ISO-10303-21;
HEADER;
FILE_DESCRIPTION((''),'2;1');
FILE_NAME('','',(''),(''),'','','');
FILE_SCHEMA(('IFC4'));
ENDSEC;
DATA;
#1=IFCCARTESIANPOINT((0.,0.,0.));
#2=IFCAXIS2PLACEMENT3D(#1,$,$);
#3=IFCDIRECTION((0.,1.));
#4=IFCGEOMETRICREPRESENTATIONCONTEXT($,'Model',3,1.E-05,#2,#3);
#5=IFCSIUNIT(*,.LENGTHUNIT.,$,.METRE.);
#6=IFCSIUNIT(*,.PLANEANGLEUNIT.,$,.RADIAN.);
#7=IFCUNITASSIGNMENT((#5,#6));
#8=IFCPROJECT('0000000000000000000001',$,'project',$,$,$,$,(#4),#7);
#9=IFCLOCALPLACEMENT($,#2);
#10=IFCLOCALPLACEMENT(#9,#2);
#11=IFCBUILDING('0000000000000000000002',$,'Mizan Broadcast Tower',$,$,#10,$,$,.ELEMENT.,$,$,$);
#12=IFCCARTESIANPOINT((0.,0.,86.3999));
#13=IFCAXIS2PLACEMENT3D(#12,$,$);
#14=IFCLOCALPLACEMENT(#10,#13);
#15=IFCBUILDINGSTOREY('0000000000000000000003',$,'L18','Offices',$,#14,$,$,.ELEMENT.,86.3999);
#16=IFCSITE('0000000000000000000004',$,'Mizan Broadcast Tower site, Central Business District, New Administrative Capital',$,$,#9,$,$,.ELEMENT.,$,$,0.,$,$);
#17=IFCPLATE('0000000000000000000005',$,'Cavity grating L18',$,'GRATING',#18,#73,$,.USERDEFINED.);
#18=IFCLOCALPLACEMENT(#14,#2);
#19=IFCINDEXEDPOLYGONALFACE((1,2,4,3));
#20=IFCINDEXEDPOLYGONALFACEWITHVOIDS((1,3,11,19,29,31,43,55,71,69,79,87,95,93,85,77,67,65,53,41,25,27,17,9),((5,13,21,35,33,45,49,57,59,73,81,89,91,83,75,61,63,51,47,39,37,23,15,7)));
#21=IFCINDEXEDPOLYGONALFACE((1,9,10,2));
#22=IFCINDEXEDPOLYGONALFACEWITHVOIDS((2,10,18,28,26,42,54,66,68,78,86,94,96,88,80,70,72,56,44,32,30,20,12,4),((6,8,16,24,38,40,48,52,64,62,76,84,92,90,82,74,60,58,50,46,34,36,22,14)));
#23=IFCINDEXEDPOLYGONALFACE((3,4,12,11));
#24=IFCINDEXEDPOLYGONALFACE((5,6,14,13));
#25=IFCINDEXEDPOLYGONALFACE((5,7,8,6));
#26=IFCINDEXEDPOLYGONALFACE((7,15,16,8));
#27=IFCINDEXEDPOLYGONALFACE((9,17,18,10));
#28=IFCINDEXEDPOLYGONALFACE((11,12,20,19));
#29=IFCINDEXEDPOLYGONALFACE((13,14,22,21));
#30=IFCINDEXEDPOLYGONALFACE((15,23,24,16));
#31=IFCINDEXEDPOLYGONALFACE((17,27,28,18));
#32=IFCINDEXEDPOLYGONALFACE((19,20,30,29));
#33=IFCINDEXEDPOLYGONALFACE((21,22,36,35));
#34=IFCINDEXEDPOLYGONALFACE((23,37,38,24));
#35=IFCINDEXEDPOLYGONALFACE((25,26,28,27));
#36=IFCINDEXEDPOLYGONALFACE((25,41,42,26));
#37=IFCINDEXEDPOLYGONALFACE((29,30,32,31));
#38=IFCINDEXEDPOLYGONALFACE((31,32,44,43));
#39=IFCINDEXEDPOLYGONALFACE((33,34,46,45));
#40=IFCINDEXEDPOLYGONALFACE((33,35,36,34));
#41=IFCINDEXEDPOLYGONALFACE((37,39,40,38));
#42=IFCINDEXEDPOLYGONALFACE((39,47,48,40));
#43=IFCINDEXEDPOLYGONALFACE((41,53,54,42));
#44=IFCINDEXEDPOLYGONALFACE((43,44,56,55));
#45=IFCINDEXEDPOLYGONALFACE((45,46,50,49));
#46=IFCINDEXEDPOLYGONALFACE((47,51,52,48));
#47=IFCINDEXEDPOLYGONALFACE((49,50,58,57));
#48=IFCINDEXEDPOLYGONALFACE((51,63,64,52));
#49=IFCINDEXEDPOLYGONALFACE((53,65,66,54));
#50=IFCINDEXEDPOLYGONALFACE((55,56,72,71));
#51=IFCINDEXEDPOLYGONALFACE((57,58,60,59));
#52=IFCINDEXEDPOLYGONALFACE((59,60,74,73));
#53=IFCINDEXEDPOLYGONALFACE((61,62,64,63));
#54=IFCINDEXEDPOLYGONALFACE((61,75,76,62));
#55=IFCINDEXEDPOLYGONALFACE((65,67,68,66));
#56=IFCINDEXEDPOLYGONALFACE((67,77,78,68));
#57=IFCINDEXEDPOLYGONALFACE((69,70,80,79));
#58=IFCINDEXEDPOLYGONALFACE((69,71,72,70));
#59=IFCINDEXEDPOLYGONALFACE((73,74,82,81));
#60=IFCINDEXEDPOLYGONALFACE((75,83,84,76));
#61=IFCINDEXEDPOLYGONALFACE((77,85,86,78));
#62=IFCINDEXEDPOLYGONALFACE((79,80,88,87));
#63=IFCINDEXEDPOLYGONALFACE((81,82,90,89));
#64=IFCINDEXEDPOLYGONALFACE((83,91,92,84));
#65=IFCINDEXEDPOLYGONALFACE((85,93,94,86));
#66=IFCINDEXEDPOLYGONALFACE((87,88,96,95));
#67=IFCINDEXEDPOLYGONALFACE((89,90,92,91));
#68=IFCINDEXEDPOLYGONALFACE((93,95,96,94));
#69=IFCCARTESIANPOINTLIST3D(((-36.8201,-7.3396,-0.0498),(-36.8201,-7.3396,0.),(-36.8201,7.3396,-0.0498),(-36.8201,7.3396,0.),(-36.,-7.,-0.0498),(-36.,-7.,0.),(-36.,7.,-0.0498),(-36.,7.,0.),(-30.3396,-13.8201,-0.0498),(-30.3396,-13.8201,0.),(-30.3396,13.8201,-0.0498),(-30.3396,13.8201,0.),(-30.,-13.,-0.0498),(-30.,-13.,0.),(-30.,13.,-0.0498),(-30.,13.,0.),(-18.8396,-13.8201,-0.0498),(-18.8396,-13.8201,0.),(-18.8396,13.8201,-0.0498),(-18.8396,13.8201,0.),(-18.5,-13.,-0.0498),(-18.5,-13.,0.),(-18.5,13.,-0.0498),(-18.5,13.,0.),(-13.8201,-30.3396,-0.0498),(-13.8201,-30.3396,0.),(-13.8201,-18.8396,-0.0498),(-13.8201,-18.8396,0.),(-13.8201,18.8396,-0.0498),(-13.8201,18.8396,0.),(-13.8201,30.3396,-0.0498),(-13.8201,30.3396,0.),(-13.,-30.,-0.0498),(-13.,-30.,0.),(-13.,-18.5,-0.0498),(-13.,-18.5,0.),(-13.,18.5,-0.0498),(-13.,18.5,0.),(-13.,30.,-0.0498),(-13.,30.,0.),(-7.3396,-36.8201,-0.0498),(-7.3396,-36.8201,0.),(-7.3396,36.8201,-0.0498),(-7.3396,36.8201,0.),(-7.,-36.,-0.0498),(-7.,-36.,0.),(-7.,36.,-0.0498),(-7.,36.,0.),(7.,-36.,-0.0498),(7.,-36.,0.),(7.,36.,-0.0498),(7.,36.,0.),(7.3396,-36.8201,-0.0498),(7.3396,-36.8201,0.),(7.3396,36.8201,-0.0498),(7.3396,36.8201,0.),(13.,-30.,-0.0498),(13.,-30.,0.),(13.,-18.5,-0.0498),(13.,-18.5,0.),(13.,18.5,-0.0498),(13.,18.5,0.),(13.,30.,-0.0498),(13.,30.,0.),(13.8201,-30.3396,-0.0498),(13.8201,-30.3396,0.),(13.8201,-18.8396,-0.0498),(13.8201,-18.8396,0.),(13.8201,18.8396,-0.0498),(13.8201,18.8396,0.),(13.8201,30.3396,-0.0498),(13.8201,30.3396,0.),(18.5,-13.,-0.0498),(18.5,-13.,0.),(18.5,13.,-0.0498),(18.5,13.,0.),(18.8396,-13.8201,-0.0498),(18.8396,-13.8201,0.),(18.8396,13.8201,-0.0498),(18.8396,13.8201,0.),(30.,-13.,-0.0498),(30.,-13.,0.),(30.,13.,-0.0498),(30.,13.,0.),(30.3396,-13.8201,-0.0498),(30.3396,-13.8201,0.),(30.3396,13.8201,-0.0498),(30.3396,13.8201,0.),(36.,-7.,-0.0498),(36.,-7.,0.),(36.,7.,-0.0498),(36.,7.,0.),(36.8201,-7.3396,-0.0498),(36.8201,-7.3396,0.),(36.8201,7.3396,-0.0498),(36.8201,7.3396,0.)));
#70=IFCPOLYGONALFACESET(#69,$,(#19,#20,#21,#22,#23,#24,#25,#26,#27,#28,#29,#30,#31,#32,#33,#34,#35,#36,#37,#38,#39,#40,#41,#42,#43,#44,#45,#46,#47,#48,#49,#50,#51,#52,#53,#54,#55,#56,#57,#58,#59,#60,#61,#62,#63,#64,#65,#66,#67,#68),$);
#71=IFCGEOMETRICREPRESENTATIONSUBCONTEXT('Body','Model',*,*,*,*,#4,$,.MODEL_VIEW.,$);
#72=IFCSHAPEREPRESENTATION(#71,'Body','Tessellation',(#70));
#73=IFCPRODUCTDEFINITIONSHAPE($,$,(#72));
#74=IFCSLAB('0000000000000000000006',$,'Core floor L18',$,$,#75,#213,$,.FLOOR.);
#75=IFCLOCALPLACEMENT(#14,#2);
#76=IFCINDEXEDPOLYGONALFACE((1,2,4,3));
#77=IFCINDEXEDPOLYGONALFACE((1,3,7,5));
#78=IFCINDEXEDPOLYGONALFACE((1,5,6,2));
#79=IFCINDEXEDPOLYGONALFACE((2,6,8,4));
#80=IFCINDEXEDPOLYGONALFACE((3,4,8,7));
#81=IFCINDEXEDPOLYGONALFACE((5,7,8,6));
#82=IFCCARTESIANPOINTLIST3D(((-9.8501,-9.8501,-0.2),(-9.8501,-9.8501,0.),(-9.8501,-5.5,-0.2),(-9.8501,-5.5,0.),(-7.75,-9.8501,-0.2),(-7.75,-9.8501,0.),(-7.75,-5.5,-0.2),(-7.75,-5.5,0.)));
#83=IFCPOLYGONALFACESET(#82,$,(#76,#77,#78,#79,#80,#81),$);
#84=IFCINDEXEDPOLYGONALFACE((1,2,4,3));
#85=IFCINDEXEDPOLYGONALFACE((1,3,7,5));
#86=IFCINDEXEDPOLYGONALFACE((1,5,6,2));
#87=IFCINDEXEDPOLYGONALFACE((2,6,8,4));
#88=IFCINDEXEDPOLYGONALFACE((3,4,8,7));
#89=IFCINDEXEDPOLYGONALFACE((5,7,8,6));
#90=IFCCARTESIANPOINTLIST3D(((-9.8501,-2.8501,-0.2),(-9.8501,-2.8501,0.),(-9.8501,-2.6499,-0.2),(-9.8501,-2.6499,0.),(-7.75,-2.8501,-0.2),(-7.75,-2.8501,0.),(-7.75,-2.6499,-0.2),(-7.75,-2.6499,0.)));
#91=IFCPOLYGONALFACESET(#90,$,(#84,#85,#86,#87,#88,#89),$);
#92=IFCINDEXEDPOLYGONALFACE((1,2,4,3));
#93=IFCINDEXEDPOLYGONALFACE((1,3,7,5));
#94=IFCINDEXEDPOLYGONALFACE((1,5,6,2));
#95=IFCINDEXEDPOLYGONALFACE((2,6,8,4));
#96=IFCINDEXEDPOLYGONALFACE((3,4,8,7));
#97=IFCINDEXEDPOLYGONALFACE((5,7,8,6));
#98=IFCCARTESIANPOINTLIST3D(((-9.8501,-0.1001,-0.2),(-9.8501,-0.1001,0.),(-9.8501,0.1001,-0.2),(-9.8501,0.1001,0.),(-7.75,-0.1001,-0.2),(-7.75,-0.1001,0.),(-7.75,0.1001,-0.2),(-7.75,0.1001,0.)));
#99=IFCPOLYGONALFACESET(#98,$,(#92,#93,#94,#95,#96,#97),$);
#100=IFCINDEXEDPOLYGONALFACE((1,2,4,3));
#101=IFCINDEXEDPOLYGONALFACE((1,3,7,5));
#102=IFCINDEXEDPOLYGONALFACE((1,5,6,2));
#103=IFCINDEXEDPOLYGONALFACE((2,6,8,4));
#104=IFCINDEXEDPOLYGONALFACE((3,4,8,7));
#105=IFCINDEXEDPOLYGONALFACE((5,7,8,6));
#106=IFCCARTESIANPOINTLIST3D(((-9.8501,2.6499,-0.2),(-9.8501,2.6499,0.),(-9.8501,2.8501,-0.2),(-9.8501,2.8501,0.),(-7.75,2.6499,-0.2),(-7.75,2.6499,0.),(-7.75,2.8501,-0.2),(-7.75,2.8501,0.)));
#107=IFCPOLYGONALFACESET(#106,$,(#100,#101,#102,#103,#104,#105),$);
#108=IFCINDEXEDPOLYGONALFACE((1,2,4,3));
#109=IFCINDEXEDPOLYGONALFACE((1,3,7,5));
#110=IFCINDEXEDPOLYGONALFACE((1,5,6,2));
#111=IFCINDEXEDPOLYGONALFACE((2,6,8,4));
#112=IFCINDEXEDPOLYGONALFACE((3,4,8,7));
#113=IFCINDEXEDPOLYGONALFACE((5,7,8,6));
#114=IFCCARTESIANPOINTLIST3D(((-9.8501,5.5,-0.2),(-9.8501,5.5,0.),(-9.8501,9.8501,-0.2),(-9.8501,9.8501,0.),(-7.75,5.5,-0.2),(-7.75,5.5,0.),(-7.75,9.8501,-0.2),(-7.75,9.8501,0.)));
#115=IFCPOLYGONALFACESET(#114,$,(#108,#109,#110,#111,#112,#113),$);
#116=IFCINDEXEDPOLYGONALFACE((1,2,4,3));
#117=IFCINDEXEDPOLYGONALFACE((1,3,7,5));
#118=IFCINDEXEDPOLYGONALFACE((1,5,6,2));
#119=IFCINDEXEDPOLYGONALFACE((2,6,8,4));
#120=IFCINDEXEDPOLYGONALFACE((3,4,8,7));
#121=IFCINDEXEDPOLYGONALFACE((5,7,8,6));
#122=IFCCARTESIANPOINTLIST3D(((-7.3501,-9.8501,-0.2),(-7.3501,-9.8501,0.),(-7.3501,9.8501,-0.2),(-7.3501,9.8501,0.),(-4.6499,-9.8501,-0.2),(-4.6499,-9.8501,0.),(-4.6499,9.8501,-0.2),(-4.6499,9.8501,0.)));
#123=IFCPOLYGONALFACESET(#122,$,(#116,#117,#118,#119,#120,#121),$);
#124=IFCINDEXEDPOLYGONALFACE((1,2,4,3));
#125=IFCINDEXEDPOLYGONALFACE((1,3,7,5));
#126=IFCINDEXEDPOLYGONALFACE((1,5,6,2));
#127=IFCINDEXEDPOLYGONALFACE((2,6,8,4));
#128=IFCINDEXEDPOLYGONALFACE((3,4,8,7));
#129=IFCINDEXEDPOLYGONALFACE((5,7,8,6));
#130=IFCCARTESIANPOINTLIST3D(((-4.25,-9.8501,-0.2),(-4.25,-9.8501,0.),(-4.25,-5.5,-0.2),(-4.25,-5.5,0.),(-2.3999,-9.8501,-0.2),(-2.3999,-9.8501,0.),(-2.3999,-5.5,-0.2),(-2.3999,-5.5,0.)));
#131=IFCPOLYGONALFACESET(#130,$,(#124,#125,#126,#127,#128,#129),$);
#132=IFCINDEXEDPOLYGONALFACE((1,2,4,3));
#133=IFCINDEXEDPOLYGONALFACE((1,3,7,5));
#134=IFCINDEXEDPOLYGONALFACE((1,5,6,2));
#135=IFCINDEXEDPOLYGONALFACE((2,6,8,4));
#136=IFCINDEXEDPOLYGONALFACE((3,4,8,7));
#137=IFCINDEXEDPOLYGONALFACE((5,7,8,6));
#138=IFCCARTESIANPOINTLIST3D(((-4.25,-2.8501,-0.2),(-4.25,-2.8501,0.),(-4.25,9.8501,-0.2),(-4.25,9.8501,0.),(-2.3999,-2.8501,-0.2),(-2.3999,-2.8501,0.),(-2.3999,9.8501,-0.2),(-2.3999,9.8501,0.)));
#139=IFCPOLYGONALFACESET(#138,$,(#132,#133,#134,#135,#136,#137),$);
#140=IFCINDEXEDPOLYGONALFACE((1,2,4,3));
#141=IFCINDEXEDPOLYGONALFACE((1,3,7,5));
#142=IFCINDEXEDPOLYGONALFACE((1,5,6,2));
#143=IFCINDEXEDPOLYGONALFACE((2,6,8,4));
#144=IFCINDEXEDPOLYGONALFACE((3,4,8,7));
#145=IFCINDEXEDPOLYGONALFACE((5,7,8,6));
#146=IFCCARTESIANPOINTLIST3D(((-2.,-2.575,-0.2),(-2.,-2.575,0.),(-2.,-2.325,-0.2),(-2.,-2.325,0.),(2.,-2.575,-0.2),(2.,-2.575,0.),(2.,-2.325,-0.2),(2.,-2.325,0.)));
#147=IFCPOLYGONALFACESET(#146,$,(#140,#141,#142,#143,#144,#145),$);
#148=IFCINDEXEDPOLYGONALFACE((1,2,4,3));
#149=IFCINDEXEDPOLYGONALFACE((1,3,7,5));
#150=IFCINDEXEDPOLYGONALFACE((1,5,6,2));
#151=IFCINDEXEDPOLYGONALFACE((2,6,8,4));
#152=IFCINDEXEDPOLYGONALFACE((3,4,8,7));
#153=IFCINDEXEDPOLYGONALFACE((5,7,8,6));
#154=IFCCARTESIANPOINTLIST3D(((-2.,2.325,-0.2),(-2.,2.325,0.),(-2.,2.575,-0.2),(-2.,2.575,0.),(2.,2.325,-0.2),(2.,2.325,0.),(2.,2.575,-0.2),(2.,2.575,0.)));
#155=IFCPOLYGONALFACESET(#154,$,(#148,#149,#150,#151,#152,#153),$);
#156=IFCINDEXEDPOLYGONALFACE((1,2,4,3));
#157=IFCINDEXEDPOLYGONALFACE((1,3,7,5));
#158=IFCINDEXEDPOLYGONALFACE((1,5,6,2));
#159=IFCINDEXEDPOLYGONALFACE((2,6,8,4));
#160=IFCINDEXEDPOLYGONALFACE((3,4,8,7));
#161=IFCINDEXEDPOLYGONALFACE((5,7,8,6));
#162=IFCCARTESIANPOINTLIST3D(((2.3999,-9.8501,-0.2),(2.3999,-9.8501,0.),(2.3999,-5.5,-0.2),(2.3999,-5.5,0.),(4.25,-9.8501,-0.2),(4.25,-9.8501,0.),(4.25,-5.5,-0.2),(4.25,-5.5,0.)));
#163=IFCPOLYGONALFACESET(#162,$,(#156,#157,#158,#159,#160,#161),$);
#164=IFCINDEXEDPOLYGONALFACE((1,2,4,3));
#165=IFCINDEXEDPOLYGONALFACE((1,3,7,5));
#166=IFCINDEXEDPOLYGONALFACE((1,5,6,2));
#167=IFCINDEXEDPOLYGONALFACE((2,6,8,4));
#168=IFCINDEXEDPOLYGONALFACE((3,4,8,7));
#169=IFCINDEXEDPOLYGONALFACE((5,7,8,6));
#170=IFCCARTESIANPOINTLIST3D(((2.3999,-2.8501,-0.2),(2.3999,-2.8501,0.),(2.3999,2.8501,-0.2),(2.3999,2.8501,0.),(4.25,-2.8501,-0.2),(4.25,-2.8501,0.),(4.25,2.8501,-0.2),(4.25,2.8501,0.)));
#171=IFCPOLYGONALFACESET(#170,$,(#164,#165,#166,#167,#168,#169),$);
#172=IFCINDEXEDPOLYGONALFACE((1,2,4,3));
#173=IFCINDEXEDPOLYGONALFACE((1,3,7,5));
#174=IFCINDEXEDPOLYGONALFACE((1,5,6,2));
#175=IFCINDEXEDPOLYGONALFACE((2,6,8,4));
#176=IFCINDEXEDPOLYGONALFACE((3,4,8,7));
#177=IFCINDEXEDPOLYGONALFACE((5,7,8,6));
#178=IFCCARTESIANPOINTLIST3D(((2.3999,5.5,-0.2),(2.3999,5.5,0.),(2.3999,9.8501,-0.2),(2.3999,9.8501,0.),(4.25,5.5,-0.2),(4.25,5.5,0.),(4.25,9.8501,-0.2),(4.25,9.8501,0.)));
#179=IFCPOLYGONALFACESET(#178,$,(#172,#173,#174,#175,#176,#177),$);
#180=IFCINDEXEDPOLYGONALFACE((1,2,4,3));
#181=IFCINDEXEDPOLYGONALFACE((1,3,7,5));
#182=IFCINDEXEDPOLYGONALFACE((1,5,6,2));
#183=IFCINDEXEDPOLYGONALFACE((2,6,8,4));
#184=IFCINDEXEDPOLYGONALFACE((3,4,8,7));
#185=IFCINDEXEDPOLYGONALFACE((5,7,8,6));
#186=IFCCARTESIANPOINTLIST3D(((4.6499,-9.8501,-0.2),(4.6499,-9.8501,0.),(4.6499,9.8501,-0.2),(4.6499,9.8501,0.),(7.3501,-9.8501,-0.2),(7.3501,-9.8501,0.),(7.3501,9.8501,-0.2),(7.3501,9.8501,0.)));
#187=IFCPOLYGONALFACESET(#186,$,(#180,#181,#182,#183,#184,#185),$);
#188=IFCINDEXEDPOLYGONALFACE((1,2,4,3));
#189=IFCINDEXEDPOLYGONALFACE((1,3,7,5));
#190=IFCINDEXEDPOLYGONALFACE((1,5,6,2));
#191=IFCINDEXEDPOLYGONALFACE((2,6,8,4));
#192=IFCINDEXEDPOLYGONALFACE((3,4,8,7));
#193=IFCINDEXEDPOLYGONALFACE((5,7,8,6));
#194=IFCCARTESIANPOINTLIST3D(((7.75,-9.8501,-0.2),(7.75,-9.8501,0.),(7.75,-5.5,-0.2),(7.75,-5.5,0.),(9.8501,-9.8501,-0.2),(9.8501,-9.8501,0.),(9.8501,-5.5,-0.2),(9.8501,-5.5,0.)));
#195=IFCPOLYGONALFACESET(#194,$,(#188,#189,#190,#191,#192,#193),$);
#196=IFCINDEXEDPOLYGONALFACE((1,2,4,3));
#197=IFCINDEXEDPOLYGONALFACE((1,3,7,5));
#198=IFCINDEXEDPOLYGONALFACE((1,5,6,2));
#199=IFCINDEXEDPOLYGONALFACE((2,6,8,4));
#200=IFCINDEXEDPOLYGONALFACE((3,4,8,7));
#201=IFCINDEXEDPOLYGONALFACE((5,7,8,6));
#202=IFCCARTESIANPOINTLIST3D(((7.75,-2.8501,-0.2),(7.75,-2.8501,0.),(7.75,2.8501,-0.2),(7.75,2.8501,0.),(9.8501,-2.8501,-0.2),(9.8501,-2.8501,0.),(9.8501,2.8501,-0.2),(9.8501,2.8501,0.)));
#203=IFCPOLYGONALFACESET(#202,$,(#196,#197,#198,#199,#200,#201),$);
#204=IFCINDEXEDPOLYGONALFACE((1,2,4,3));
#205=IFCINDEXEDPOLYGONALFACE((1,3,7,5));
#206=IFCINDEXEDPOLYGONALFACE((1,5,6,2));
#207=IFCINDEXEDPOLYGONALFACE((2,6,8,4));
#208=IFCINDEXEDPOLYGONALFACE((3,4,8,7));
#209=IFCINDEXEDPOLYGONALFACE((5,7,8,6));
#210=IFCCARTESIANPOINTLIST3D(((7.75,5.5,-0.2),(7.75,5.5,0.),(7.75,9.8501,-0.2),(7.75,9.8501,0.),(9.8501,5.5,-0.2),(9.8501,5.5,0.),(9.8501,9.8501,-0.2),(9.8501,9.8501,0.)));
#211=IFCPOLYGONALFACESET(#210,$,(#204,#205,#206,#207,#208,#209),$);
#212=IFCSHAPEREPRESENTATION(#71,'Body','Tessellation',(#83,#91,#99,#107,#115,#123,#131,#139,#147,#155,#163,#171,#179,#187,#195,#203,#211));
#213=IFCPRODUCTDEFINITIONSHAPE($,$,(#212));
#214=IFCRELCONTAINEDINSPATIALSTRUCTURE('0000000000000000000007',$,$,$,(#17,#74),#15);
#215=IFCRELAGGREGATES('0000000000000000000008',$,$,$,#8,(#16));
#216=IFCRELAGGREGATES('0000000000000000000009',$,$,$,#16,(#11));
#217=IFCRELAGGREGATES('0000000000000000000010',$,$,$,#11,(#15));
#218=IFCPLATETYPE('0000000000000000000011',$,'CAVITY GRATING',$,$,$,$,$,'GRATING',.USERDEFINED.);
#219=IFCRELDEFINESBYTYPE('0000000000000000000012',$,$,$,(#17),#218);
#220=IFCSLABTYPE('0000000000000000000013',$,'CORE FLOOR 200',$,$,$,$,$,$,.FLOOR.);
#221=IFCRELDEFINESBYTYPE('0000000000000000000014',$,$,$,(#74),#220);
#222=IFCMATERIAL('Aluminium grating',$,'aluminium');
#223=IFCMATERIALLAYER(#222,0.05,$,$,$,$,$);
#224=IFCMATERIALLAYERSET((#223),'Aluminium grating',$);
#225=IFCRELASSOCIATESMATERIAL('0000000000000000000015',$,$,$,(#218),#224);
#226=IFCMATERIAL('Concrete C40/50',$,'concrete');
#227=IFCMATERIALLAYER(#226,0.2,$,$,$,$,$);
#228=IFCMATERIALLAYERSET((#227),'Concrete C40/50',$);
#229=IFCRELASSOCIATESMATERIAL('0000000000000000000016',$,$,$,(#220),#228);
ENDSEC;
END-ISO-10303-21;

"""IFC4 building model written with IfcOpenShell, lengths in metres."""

from ifc_helpers import new_model, si_unit, direction, frame, origin, place, context, subcontext, project, spatial, polyline, outline, extrude, material, layer, layer_set, type_object, element, save


model = new_model("IFC4")

# Units and contexts
model_context = context("Model", 3, precision=1e-05, world=origin(), true_north=direction((0.0, 1.0)))
body_context = subcontext(model_context, "Body", "Model", "MODEL_VIEW")
ifc_project = project(units=[si_unit("LENGTHUNIT", "METRE"), si_unit("PLANEANGLEUNIT", "RADIAN")], contexts=[model_context])

# Site, building, storey
site_placement = place(None, origin())
site = spatial("IfcSite", under=ifc_project, at=site_placement, Name="Mizan Broadcast Tower site, Central Business District, New Administrative Capital", CompositionType="ELEMENT", RefElevation=0.0)
building_placement = place(site_placement, origin())
building = spatial("IfcBuilding", under=site, at=building_placement, Name="Mizan Broadcast Tower", CompositionType="ELEMENT")
storey_placement = place(building_placement, frame((0.0, 0.0, 86.3999)))
storey = spatial("IfcBuildingStorey", under=building, at=storey_placement, Name="L18", Description="Offices", CompositionType="ELEMENT", Elevation=86.3999)

# Plate
ifc_material_1 = material(Name="Aluminium grating", Category="aluminium")
ifc_layer_1 = layer(ifc_material_1, 0.05)
ifc_layer_set_1 = layer_set([ifc_layer_1], Name="Aluminium grating")
plate_type = type_object("IfcPlateType", Name="CAVITY GRATING", ElementType="GRATING", PredefinedType="USERDEFINED", material=ifc_layer_set_1)
plate_placement = place(storey_placement, frame((0.0, 0.0, -0.0498)))
element("IfcPlate", 1, at=plate_placement, inside=storey, type_object=plate_type, Name="Cavity grating L18", ObjectType="GRATING", PredefinedType="USERDEFINED", context=body_context, shape_type="SweptSolid", body=[
    extrude(outline(polyline([(13.8201, -18.8396), (18.8396, -13.8201), (30.3396, -13.8201), (36.8201, -7.3396), (36.8201, 7.3396), (30.3396, 13.8201), (18.8396, 13.8201), (13.8201, 18.8396), (13.8201, 30.3396), (7.3396, 36.8201), (-7.3396, 36.8201), (-13.8201, 30.3396), (-13.8201, 18.8396), (-18.8396, 13.8201), (-30.3396, 13.8201), (-36.8201, 7.3396), (-36.8201, -7.3396), (-30.3396, -13.8201), (-18.8396, -13.8201), (-13.8201, -18.8396), (-13.8201, -30.3396), (-7.3396, -36.8201), (7.3396, -36.8201), (13.8201, -30.3396), (13.8201, -18.8396)]), holes=[polyline([(36.0, 7.0), (36.0, -7.0), (30.0, -13.0), (18.5, -13.0), (13.0, -18.5), (13.0, -30.0), (7.0, -36.0), (-7.0, -36.0), (-13.0, -30.0), (-13.0, -18.5), (-18.5, -13.0), (-30.0, -13.0), (-36.0, -7.0), (-36.0, 7.0), (-30.0, 13.0), (-18.5, 13.0), (-13.0, 18.5), (-13.0, 30.0), (-7.0, 36.0), (7.0, 36.0), (13.0, 30.0), (13.0, 18.5), (18.5, 13.0), (30.0, 13.0), (36.0, 7.0)])]), origin(), (0.0, 0.0, 1.0), 0.0498),
])

# Slab
ifc_material_2 = material(Name="Concrete C40/50", Category="concrete")
ifc_layer_2 = layer(ifc_material_2, 0.2)
ifc_layer_set_2 = layer_set([ifc_layer_2], Name="Concrete C40/50")
slab_type_1 = type_object("IfcSlabType", Name="CORE FLOOR 200", PredefinedType="FLOOR", material=ifc_layer_set_2)
slab_1_placement = place(storey_placement, frame((0.0, 0.0, -0.2)))
element("IfcSlab", 2, at=slab_1_placement, inside=storey, type_object=slab_type_1, Name="Core floor L18", PredefinedType="FLOOR", context=body_context, shape_type="SweptSolid", body=[
    extrude(outline(polyline([(-9.8501, -9.8501), (-7.75, -9.8501), (-7.75, -5.5), (-9.8501, -5.5), (-9.8501, -9.8501)])), origin(), (0.0, 0.0, 1.0), 0.2),
    extrude(outline(polyline([(-9.8501, -2.8501), (-7.75, -2.8501), (-7.75, -2.6499), (-9.8501, -2.6499), (-9.8501, -2.8501)])), origin(), (0.0, 0.0, 1.0), 0.2),
    extrude(outline(polyline([(-9.8501, -0.1001), (-7.75, -0.1001), (-7.75, 0.1001), (-9.8501, 0.1001), (-9.8501, -0.1001)])), origin(), (0.0, 0.0, 1.0), 0.2),
    extrude(outline(polyline([(-9.8501, 2.6499), (-7.75, 2.6499), (-7.75, 2.8501), (-9.8501, 2.8501), (-9.8501, 2.6499)])), origin(), (0.0, 0.0, 1.0), 0.2),
    extrude(outline(polyline([(-9.8501, 5.5), (-7.75, 5.5), (-7.75, 9.8501), (-9.8501, 9.8501), (-9.8501, 5.5)])), origin(), (0.0, 0.0, 1.0), 0.2),
    extrude(outline(polyline([(-4.6499, 9.8501), (-7.3501, 9.8501), (-7.3501, -9.8501), (-4.6499, -9.8501), (-4.6499, 9.8501)])), origin(), (0.0, 0.0, 1.0), 0.2),
    extrude(outline(polyline([(-4.25, -5.5), (-4.25, -9.8501), (-2.3999, -9.8501), (-2.3999, -5.5), (-4.25, -5.5)])), origin(), (0.0, 0.0, 1.0), 0.2),
    extrude(outline(polyline([(-4.25, -2.8501), (-2.3999, -2.8501), (-2.3999, 9.8501), (-4.25, 9.8501), (-4.25, -2.8501)])), origin(), (0.0, 0.0, 1.0), 0.2),
    extrude(outline(polyline([(2.0, -2.325), (-2.0, -2.325), (-2.0, -2.575), (2.0, -2.575), (2.0, -2.325)])), origin(), (0.0, 0.0, 1.0), 0.2),
    extrude(outline(polyline([(2.0, 2.575), (-2.0, 2.575), (-2.0, 2.325), (2.0, 2.325), (2.0, 2.575)])), origin(), (0.0, 0.0, 1.0), 0.2),
    extrude(outline(polyline([(4.25, -9.8501), (4.25, -5.5), (2.3999, -5.5), (2.3999, -9.8501), (4.25, -9.8501)])), origin(), (0.0, 0.0, 1.0), 0.2),
    extrude(outline(polyline([(4.25, -2.8501), (4.25, 2.8501), (2.3999, 2.8501), (2.3999, -2.8501), (4.25, -2.8501)])), origin(), (0.0, 0.0, 1.0), 0.2),
    extrude(outline(polyline([(4.25, 5.5), (4.25, 9.8501), (2.3999, 9.8501), (2.3999, 5.5), (4.25, 5.5)])), origin(), (0.0, 0.0, 1.0), 0.2),
    extrude(outline(polyline([(4.6499, 9.8501), (4.6499, -9.8501), (7.3501, -9.8501), (7.3501, 9.8501), (4.6499, 9.8501)])), origin(), (0.0, 0.0, 1.0), 0.2),
    extrude(outline(polyline([(9.8501, -9.8501), (9.8501, -5.5), (7.75, -5.5), (7.75, -9.8501), (9.8501, -9.8501)])), origin(), (0.0, 0.0, 1.0), 0.2),
    extrude(outline(polyline([(7.75, 2.8501), (7.75, -2.8501), (9.8501, -2.8501), (9.8501, 2.8501), (7.75, 2.8501)])), origin(), (0.0, 0.0, 1.0), 0.2),
    extrude(outline(polyline([(9.8501, 5.5), (9.8501, 9.8501), (7.75, 9.8501), (7.75, 5.5), (9.8501, 5.5)])), origin(), (0.0, 0.0, 1.0), 0.2),
])

save(model, "model.ifc")
